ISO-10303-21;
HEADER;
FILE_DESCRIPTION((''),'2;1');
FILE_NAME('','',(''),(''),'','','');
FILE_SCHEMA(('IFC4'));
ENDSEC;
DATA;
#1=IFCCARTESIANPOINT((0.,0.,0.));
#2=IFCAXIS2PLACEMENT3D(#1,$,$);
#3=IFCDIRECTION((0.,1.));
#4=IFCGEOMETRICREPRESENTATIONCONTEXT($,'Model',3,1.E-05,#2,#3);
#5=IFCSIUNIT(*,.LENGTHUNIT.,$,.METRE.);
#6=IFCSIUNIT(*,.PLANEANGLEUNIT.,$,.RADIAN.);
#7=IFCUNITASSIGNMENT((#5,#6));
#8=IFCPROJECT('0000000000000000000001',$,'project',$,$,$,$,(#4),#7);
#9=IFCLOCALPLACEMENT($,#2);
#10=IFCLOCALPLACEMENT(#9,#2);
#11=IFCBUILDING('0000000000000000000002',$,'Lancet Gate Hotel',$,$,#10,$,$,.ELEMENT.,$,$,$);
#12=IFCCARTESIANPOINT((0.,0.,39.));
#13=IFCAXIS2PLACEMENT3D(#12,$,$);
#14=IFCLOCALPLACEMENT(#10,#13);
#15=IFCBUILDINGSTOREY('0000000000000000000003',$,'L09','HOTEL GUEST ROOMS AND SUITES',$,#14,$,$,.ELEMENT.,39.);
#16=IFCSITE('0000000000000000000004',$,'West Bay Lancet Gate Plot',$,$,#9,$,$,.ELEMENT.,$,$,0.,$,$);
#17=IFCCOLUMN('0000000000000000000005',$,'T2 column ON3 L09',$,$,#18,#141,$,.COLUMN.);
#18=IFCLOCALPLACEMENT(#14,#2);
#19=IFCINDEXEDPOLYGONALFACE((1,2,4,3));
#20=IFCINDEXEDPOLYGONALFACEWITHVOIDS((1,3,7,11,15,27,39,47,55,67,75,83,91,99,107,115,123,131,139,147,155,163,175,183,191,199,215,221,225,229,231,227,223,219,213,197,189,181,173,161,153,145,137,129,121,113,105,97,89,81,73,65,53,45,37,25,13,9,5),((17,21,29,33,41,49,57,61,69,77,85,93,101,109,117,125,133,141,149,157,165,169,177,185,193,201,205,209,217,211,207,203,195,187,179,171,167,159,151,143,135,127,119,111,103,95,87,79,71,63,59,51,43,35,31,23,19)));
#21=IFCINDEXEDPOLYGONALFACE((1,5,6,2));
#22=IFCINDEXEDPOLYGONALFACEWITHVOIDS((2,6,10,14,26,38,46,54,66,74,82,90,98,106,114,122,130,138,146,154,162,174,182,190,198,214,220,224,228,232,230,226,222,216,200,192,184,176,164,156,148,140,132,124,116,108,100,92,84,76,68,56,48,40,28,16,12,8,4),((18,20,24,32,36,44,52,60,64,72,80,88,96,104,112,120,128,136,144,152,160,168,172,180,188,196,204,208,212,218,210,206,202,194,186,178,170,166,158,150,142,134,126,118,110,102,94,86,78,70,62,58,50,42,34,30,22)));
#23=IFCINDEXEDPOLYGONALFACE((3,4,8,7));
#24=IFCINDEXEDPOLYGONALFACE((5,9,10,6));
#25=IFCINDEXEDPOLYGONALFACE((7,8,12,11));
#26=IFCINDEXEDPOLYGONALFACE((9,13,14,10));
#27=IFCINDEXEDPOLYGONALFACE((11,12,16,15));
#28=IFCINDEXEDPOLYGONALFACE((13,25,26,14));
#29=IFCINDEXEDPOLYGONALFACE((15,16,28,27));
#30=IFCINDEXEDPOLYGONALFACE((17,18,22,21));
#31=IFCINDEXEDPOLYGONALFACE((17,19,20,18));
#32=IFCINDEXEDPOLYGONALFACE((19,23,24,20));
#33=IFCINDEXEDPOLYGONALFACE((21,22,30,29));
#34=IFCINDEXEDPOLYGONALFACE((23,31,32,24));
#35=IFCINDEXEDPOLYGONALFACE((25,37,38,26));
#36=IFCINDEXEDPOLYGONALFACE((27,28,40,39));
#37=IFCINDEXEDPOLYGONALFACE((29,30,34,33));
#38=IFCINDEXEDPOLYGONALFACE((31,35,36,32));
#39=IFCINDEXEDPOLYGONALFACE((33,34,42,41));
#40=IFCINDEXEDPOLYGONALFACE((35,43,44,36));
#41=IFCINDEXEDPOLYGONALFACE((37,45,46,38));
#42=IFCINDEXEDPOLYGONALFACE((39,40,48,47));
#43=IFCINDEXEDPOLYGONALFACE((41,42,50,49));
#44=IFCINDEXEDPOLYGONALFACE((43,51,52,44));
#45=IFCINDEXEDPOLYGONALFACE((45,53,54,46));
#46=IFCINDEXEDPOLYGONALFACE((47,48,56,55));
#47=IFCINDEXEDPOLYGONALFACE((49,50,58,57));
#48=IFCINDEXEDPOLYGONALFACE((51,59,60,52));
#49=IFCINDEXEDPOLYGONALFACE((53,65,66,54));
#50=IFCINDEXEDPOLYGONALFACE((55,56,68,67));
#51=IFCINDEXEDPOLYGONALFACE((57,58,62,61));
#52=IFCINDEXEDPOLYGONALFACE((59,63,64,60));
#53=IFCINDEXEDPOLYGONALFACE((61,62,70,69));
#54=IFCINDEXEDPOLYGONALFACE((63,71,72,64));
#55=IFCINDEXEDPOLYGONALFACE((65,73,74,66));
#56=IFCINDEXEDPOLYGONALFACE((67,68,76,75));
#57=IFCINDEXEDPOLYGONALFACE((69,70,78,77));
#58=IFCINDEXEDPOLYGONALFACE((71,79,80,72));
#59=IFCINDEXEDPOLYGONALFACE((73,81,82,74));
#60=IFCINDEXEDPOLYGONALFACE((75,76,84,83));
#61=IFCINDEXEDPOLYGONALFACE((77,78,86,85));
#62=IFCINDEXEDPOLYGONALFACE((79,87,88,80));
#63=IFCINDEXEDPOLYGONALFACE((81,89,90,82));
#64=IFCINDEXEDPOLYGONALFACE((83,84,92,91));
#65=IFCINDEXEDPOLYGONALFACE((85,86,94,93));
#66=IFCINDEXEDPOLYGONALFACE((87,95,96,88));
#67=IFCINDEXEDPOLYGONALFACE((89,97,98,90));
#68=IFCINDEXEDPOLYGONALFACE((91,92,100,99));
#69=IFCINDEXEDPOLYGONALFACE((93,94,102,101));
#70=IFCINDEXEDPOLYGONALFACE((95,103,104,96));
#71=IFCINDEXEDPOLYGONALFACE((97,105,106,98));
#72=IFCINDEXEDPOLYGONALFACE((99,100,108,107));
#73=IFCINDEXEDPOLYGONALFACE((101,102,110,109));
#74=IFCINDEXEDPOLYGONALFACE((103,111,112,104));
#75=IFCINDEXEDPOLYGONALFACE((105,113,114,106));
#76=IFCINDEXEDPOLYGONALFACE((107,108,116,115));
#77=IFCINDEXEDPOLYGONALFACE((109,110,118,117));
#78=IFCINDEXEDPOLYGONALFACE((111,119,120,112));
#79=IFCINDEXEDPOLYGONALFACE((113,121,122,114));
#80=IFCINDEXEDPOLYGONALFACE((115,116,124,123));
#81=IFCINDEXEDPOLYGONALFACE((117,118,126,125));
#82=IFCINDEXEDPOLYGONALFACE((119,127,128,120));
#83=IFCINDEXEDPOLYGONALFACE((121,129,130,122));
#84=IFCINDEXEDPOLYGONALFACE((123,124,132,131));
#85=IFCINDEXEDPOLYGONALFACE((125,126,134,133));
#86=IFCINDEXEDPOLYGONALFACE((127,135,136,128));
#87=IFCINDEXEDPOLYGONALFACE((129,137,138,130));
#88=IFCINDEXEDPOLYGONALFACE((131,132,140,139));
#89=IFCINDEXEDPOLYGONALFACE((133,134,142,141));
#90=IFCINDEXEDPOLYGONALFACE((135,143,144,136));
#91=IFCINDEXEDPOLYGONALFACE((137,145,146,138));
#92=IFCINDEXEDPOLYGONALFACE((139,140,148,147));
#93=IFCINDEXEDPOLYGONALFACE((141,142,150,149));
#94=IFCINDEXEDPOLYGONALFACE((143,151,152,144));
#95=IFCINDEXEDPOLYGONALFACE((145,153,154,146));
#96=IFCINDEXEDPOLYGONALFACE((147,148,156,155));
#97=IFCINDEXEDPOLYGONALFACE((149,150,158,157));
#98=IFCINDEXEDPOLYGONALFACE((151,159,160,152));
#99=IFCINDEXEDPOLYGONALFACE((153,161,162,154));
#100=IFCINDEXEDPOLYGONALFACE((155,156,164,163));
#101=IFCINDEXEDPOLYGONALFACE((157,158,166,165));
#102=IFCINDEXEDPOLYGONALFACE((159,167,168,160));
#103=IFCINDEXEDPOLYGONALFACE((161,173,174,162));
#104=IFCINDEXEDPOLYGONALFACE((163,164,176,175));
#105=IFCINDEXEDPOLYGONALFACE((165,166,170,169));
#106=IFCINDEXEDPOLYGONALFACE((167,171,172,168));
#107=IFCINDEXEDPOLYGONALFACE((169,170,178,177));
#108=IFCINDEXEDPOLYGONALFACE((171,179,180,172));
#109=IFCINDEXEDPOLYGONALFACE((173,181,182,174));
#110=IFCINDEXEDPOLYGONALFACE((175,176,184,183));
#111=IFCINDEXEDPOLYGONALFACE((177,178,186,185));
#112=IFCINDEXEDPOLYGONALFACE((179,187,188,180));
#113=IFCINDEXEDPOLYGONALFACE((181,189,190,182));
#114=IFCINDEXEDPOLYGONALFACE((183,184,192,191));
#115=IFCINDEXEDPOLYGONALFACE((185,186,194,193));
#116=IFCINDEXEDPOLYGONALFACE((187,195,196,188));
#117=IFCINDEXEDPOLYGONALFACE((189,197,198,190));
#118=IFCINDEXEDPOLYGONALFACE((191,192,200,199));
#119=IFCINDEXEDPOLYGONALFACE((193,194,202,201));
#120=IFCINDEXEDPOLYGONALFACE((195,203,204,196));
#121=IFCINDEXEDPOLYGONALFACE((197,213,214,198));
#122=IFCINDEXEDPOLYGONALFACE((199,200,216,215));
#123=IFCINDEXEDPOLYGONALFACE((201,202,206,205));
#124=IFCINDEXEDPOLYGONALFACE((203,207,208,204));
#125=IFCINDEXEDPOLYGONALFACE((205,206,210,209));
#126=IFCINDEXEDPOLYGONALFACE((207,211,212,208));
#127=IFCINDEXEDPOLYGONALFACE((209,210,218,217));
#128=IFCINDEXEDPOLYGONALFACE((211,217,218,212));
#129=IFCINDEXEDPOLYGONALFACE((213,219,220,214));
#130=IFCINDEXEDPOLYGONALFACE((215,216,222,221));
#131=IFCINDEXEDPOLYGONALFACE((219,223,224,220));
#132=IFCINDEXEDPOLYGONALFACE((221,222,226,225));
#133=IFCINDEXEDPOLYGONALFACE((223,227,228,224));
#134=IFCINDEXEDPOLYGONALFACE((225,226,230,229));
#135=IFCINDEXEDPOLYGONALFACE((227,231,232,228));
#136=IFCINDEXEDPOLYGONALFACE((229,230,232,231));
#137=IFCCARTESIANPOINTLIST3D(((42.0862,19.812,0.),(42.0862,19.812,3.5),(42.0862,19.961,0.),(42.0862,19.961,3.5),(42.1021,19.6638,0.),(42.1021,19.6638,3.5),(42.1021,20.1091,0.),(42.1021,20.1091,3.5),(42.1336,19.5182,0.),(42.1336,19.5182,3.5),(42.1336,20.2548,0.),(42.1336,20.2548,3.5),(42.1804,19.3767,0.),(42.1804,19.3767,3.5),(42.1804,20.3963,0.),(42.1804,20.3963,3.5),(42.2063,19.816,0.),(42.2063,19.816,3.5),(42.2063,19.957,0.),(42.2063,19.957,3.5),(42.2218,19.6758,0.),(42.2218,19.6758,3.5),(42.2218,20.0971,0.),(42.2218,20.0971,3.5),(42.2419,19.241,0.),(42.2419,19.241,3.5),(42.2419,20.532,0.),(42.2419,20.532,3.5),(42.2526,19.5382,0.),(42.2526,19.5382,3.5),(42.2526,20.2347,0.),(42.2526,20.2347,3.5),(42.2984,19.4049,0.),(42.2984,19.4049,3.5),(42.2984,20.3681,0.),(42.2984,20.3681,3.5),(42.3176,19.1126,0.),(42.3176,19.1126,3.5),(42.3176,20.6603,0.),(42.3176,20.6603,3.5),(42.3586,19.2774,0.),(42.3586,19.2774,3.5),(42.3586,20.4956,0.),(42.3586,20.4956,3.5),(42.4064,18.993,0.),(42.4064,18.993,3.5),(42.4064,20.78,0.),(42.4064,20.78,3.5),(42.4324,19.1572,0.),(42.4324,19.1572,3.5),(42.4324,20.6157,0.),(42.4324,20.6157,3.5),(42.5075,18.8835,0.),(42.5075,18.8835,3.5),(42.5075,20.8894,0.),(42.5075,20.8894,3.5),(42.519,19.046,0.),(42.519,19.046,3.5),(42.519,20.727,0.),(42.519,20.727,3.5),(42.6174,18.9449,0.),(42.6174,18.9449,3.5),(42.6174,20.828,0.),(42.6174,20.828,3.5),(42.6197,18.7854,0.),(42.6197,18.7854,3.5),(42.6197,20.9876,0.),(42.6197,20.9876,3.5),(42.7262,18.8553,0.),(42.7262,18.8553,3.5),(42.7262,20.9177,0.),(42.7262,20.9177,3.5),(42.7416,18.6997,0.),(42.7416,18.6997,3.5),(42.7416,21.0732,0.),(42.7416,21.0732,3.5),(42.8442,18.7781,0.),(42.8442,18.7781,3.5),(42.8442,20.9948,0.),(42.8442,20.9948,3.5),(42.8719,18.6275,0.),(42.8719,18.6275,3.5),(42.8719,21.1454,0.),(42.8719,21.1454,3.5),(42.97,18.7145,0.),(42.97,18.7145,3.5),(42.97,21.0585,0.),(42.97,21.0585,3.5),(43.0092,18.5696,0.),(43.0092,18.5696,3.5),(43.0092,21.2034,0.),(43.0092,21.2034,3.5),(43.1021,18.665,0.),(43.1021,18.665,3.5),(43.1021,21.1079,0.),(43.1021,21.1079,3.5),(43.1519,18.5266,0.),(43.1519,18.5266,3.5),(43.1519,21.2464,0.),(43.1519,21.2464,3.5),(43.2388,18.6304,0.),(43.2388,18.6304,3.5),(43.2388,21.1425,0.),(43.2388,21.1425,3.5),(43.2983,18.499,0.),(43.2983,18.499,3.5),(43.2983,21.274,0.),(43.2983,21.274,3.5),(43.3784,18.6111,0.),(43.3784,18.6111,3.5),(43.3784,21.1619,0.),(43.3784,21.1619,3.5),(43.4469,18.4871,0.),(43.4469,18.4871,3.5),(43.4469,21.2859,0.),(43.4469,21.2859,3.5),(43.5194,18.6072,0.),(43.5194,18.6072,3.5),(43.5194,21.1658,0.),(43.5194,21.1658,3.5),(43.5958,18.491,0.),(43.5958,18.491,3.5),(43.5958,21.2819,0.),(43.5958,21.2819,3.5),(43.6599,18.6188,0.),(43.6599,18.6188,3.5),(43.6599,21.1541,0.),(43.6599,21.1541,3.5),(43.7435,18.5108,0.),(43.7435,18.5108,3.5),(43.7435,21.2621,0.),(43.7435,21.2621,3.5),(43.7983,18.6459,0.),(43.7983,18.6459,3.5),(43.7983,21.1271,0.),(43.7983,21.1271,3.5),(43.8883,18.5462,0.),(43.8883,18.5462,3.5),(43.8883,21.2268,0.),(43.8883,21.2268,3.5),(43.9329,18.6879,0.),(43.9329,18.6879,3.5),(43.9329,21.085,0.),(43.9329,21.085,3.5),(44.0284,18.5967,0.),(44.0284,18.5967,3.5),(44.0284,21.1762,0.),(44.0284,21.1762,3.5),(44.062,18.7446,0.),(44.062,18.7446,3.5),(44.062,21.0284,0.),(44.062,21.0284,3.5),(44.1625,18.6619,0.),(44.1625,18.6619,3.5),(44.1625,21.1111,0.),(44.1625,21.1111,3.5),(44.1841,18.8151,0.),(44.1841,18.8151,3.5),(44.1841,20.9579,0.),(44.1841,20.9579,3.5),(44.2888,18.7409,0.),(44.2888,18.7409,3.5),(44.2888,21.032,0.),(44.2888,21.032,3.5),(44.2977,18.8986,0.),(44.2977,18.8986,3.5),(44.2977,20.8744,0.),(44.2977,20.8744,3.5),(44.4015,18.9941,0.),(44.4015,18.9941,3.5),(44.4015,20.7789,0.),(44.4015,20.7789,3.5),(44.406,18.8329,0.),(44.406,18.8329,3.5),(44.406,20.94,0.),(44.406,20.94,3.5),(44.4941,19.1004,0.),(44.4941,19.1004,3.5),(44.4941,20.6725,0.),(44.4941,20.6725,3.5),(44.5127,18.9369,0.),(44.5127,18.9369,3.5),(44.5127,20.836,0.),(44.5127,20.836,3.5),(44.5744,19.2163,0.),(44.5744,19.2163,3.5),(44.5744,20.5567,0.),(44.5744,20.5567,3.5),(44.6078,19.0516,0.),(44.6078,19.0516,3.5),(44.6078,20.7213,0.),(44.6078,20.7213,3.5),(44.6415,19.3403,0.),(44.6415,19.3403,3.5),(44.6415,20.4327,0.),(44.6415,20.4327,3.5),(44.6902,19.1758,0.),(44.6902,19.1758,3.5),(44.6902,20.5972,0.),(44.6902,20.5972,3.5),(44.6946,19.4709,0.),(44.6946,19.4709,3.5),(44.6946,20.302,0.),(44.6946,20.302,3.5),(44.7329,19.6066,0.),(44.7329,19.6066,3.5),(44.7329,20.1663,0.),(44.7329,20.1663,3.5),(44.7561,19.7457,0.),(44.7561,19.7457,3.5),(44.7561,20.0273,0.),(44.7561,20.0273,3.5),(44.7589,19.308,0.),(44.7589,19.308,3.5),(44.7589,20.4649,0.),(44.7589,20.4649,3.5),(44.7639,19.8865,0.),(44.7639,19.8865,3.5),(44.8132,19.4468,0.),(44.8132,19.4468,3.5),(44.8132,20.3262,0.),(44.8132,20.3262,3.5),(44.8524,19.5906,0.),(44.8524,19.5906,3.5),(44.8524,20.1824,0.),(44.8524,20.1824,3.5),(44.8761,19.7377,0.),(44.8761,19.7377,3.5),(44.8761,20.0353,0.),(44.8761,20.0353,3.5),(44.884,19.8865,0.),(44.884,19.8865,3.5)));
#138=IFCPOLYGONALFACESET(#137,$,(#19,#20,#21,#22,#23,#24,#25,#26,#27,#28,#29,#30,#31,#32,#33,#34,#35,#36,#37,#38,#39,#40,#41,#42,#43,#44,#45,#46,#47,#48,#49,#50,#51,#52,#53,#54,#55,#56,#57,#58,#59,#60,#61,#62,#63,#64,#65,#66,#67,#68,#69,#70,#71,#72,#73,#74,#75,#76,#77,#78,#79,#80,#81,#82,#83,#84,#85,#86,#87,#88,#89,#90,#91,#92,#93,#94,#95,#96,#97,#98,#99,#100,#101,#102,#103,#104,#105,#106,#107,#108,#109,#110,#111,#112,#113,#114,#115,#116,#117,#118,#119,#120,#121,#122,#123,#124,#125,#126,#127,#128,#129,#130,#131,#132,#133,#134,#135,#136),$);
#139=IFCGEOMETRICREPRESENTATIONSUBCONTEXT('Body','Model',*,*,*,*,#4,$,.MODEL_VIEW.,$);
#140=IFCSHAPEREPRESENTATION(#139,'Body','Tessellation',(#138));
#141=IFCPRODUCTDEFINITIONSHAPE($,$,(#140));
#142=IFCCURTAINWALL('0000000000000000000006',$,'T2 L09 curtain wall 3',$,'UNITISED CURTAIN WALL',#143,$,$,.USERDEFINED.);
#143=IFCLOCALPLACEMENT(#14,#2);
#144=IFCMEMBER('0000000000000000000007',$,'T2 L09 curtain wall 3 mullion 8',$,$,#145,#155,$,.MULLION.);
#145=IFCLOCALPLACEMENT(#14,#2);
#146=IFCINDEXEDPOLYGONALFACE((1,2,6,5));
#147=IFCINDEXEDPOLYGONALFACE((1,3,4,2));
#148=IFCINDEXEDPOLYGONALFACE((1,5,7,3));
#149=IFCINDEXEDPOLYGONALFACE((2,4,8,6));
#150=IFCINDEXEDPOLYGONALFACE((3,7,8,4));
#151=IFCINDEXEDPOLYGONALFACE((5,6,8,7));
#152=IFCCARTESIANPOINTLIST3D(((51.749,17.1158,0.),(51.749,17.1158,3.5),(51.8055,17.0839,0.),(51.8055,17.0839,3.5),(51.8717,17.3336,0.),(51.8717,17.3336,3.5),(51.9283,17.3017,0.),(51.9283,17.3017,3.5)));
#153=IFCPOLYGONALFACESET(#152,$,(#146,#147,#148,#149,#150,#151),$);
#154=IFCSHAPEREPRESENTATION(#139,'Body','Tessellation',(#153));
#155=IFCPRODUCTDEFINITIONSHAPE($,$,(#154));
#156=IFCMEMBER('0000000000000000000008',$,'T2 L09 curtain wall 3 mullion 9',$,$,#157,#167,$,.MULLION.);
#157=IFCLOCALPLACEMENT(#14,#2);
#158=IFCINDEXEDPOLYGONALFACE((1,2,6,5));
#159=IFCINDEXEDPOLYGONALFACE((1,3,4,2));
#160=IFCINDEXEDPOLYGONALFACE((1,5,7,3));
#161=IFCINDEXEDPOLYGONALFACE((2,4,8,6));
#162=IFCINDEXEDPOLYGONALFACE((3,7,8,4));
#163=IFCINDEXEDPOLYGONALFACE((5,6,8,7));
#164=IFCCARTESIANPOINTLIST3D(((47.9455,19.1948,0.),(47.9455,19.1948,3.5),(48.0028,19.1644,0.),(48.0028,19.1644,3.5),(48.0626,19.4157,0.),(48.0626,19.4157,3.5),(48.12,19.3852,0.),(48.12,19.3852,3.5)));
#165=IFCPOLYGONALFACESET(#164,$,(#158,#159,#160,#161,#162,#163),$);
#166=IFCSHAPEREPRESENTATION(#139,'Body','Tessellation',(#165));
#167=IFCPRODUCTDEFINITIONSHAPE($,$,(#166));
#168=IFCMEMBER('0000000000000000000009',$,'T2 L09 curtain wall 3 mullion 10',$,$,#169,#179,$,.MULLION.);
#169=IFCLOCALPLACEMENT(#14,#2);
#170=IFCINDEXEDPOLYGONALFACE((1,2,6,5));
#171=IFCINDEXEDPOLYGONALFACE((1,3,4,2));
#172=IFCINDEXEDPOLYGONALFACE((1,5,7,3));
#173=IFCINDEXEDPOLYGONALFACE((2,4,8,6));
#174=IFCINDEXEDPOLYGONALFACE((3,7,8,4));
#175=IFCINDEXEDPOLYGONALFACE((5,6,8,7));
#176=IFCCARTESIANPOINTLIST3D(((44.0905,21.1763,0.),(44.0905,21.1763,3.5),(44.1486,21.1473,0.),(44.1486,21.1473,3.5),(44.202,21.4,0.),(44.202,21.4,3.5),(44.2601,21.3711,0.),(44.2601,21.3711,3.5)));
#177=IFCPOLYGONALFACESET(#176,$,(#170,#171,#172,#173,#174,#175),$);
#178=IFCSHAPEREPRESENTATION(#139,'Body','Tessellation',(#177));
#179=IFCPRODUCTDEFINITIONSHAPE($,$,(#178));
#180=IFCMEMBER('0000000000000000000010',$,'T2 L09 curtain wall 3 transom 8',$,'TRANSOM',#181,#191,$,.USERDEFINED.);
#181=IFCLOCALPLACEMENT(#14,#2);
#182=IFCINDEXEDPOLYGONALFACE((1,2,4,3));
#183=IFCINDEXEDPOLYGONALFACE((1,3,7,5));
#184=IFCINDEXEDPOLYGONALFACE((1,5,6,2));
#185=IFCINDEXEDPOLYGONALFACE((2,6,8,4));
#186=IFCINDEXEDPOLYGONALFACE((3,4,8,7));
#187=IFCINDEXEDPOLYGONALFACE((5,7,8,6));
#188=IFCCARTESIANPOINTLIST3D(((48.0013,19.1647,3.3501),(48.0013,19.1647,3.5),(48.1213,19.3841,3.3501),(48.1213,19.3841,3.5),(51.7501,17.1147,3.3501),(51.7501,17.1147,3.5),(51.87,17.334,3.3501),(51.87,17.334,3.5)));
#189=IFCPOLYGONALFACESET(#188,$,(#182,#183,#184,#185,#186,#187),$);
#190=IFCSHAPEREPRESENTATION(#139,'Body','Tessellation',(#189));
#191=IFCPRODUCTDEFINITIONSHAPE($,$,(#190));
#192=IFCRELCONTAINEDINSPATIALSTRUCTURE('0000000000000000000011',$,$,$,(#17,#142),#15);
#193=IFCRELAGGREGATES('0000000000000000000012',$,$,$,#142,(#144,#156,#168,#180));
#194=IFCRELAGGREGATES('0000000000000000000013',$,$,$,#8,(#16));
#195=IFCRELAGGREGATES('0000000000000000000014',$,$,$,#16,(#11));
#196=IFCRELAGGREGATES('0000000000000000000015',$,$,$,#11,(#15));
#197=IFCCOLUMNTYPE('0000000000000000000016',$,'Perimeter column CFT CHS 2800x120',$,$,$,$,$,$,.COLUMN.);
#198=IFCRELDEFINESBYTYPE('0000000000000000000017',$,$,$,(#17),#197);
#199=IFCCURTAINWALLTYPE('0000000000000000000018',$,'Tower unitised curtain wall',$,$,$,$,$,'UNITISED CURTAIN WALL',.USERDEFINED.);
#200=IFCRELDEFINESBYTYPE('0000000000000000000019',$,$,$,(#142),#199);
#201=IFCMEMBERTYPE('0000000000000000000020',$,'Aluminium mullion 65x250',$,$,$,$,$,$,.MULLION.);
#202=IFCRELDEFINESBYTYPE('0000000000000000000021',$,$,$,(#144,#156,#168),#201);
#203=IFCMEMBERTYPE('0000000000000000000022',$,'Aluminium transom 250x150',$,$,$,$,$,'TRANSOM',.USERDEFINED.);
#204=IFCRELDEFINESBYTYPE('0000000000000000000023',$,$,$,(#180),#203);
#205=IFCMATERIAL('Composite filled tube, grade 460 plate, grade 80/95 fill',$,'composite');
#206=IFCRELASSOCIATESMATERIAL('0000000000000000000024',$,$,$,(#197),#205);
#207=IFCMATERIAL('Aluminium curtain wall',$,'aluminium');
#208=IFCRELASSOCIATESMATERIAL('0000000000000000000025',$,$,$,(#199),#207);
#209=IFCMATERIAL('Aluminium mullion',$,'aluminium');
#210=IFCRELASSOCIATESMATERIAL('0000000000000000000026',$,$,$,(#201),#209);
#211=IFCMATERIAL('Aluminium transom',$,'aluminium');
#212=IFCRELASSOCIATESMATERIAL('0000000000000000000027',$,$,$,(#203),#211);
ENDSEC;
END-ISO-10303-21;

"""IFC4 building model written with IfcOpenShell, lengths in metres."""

from ifc_helpers import new_model, si_unit, direction, frame, origin, origin_2d, place, context, subcontext, project, spatial, rectangle, hollow_circle, extrude, material, material_profile, profile_set, type_object, element, aggregate, save


model = new_model("IFC4")

# Units and contexts
model_context = context("Model", 3, precision=1e-05, world=origin(), true_north=direction((0.0, 1.0)))
body_context = subcontext(model_context, "Body", "Model", "MODEL_VIEW")
ifc_project = project(units=[si_unit("LENGTHUNIT", "METRE"), si_unit("PLANEANGLEUNIT", "RADIAN")], contexts=[model_context])

# Site, building, storey
site_placement = place(None, origin())
site = spatial("IfcSite", under=ifc_project, at=site_placement, Name="West Bay Lancet Gate Plot", CompositionType="ELEMENT", RefElevation=0.0)
building_placement = place(site_placement, origin())
building = spatial("IfcBuilding", under=site, at=building_placement, Name="Lancet Gate Hotel", CompositionType="ELEMENT")
storey_placement = place(building_placement, frame((0.0, 0.0, 39.0)))
storey = spatial("IfcBuildingStorey", under=building, at=storey_placement, Name="L09", Description="HOTEL GUEST ROOMS AND SUITES", CompositionType="ELEMENT", Elevation=39.0)

# Column
ifc_material_1 = material(Name="Composite filled tube, grade 460 plate, grade 80/95 fill", Category="composite")
ifc_material_profile_1 = material_profile(ifc_material_1, hollow_circle(Radius=1.3999, WallThickness=0.1201, at=origin_2d()), Name="CHS 2800x120")
ifc_profile_set_1 = profile_set([ifc_material_profile_1], Name="Composite filled tube, grade 460 plate, grade 80/95 fill")
column_type = type_object("IfcColumnType", Name="Perimeter column CFT CHS 2800x120", PredefinedType="COLUMN", material=ifc_profile_set_1)
for number, where, z_axis, x_axis, name in (
    (1, (43.4841, 19.8865, 0.0), (0.0, 0.0, 1.0), (1.0, 0.0, 0.0), "T2 column ON3 L09"),
):
    element("IfcColumn", number, at=place(storey_placement, frame(where, z_axis=z_axis, x_axis=x_axis)), inside=storey, type_object=column_type, Name=name, PredefinedType="COLUMN", context=body_context, shape_type="SweptSolid", body=[
        extrude(hollow_circle(Radius=1.3999, WallThickness=0.1201, at=origin_2d()), origin(), (0.0, 0.0, 1.0), 3.5),
    ])

# Curtain wall, members
ifc_material_2 = material(Name="Aluminium curtain wall", Category="aluminium")
curtain_wall_type = type_object("IfcCurtainWallType", Name="Tower unitised curtain wall", ElementType="UNITISED CURTAIN WALL", PredefinedType="USERDEFINED", material=ifc_material_2)
curtain_wall_placement = place(storey_placement, origin())
curtain_wall = element("IfcCurtainWall", 2, at=curtain_wall_placement, inside=storey, type_object=curtain_wall_type, Name="T2 L09 curtain wall 3", ObjectType="UNITISED CURTAIN WALL", PredefinedType="USERDEFINED")
ifc_material_3 = material(Name="Aluminium mullion", Category="aluminium")
ifc_material_profile_2 = material_profile(ifc_material_3, rectangle(XDim=0.0649, YDim=0.25, at=origin_2d()), Name="MULLION 65x250")
ifc_profile_set_2 = profile_set([ifc_material_profile_2], Name="Aluminium mullion")
member_type_1 = type_object("IfcMemberType", Name="Aluminium mullion 65x250", PredefinedType="MULLION", material=ifc_profile_set_2)
member_1_placement = place(storey_placement, frame((51.8386, 17.2087, 0.0), z_axis=(0.0, 0.0, 1.0), x_axis=(-0.87119, 0.490945, 0.0)))
member_1 = element("IfcMember", 3, at=member_1_placement, type_object=member_type_1, Name="T2 L09 curtain wall 3 mullion 8", PredefinedType="MULLION", context=body_context, shape_type="SweptSolid", body=[
    extrude(rectangle(XDim=0.0649, YDim=0.25, at=origin_2d()), origin(), (0.0, 0.0, 1.0), 3.5),
])
member_2_placement = place(storey_placement, frame((48.0327, 19.29, 0.0), z_axis=(0.0, 0.0, 1.0), x_axis=(-0.883403, 0.468613, 0.0)))
member_2 = element("IfcMember", 4, at=member_2_placement, type_object=member_type_1, Name="T2 L09 curtain wall 3 mullion 9", PredefinedType="MULLION", context=body_context, shape_type="SweptSolid", body=[
    extrude(rectangle(XDim=0.0649, YDim=0.25, at=origin_2d()), origin(), (0.0, 0.0, 1.0), 3.5),
])
member_3_placement = place(storey_placement, frame((44.1753, 21.2737, 0.0), z_axis=(0.0, 0.0, 1.0), x_axis=(-0.895044, 0.445978, 0.0)))
member_3 = element("IfcMember", 5, at=member_3_placement, type_object=member_type_1, Name="T2 L09 curtain wall 3 mullion 10", PredefinedType="MULLION", context=body_context, shape_type="SweptSolid", body=[
    extrude(rectangle(XDim=0.0649, YDim=0.25, at=origin_2d()), origin(), (0.0, 0.0, 1.0), 3.5),
])
ifc_material_4 = material(Name="Aluminium transom", Category="aluminium")
ifc_material_profile_3 = material_profile(ifc_material_4, rectangle(XDim=0.25, YDim=0.1499, at=origin_2d()), Name="TRANSOM 250x150")
ifc_profile_set_3 = profile_set([ifc_material_profile_3], Name="Aluminium transom")
member_type_2 = type_object("IfcMemberType", Name="Aluminium transom 250x150", ElementType="TRANSOM", PredefinedType="USERDEFINED", material=ifc_profile_set_3)
member_4_placement = place(storey_placement, frame((51.8101, 17.2244, 3.425), z_axis=(-0.877378, 0.479801, 0.0), x_axis=(-0.479801, -0.877378, 0.0)))
member_4 = element("IfcMember", 6, at=member_4_placement, type_object=member_type_2, Name="T2 L09 curtain wall 3 transom 8", ObjectType="TRANSOM", PredefinedType="USERDEFINED", context=body_context, shape_type="SweptSolid", body=[
    extrude(rectangle(XDim=0.25, YDim=0.1499, at=origin_2d()), origin(), (0.0, 0.0, 1.0), 4.2727),
])

aggregate(curtain_wall, [member_1, member_2, member_3, member_4])

save(model, "model.ifc")
